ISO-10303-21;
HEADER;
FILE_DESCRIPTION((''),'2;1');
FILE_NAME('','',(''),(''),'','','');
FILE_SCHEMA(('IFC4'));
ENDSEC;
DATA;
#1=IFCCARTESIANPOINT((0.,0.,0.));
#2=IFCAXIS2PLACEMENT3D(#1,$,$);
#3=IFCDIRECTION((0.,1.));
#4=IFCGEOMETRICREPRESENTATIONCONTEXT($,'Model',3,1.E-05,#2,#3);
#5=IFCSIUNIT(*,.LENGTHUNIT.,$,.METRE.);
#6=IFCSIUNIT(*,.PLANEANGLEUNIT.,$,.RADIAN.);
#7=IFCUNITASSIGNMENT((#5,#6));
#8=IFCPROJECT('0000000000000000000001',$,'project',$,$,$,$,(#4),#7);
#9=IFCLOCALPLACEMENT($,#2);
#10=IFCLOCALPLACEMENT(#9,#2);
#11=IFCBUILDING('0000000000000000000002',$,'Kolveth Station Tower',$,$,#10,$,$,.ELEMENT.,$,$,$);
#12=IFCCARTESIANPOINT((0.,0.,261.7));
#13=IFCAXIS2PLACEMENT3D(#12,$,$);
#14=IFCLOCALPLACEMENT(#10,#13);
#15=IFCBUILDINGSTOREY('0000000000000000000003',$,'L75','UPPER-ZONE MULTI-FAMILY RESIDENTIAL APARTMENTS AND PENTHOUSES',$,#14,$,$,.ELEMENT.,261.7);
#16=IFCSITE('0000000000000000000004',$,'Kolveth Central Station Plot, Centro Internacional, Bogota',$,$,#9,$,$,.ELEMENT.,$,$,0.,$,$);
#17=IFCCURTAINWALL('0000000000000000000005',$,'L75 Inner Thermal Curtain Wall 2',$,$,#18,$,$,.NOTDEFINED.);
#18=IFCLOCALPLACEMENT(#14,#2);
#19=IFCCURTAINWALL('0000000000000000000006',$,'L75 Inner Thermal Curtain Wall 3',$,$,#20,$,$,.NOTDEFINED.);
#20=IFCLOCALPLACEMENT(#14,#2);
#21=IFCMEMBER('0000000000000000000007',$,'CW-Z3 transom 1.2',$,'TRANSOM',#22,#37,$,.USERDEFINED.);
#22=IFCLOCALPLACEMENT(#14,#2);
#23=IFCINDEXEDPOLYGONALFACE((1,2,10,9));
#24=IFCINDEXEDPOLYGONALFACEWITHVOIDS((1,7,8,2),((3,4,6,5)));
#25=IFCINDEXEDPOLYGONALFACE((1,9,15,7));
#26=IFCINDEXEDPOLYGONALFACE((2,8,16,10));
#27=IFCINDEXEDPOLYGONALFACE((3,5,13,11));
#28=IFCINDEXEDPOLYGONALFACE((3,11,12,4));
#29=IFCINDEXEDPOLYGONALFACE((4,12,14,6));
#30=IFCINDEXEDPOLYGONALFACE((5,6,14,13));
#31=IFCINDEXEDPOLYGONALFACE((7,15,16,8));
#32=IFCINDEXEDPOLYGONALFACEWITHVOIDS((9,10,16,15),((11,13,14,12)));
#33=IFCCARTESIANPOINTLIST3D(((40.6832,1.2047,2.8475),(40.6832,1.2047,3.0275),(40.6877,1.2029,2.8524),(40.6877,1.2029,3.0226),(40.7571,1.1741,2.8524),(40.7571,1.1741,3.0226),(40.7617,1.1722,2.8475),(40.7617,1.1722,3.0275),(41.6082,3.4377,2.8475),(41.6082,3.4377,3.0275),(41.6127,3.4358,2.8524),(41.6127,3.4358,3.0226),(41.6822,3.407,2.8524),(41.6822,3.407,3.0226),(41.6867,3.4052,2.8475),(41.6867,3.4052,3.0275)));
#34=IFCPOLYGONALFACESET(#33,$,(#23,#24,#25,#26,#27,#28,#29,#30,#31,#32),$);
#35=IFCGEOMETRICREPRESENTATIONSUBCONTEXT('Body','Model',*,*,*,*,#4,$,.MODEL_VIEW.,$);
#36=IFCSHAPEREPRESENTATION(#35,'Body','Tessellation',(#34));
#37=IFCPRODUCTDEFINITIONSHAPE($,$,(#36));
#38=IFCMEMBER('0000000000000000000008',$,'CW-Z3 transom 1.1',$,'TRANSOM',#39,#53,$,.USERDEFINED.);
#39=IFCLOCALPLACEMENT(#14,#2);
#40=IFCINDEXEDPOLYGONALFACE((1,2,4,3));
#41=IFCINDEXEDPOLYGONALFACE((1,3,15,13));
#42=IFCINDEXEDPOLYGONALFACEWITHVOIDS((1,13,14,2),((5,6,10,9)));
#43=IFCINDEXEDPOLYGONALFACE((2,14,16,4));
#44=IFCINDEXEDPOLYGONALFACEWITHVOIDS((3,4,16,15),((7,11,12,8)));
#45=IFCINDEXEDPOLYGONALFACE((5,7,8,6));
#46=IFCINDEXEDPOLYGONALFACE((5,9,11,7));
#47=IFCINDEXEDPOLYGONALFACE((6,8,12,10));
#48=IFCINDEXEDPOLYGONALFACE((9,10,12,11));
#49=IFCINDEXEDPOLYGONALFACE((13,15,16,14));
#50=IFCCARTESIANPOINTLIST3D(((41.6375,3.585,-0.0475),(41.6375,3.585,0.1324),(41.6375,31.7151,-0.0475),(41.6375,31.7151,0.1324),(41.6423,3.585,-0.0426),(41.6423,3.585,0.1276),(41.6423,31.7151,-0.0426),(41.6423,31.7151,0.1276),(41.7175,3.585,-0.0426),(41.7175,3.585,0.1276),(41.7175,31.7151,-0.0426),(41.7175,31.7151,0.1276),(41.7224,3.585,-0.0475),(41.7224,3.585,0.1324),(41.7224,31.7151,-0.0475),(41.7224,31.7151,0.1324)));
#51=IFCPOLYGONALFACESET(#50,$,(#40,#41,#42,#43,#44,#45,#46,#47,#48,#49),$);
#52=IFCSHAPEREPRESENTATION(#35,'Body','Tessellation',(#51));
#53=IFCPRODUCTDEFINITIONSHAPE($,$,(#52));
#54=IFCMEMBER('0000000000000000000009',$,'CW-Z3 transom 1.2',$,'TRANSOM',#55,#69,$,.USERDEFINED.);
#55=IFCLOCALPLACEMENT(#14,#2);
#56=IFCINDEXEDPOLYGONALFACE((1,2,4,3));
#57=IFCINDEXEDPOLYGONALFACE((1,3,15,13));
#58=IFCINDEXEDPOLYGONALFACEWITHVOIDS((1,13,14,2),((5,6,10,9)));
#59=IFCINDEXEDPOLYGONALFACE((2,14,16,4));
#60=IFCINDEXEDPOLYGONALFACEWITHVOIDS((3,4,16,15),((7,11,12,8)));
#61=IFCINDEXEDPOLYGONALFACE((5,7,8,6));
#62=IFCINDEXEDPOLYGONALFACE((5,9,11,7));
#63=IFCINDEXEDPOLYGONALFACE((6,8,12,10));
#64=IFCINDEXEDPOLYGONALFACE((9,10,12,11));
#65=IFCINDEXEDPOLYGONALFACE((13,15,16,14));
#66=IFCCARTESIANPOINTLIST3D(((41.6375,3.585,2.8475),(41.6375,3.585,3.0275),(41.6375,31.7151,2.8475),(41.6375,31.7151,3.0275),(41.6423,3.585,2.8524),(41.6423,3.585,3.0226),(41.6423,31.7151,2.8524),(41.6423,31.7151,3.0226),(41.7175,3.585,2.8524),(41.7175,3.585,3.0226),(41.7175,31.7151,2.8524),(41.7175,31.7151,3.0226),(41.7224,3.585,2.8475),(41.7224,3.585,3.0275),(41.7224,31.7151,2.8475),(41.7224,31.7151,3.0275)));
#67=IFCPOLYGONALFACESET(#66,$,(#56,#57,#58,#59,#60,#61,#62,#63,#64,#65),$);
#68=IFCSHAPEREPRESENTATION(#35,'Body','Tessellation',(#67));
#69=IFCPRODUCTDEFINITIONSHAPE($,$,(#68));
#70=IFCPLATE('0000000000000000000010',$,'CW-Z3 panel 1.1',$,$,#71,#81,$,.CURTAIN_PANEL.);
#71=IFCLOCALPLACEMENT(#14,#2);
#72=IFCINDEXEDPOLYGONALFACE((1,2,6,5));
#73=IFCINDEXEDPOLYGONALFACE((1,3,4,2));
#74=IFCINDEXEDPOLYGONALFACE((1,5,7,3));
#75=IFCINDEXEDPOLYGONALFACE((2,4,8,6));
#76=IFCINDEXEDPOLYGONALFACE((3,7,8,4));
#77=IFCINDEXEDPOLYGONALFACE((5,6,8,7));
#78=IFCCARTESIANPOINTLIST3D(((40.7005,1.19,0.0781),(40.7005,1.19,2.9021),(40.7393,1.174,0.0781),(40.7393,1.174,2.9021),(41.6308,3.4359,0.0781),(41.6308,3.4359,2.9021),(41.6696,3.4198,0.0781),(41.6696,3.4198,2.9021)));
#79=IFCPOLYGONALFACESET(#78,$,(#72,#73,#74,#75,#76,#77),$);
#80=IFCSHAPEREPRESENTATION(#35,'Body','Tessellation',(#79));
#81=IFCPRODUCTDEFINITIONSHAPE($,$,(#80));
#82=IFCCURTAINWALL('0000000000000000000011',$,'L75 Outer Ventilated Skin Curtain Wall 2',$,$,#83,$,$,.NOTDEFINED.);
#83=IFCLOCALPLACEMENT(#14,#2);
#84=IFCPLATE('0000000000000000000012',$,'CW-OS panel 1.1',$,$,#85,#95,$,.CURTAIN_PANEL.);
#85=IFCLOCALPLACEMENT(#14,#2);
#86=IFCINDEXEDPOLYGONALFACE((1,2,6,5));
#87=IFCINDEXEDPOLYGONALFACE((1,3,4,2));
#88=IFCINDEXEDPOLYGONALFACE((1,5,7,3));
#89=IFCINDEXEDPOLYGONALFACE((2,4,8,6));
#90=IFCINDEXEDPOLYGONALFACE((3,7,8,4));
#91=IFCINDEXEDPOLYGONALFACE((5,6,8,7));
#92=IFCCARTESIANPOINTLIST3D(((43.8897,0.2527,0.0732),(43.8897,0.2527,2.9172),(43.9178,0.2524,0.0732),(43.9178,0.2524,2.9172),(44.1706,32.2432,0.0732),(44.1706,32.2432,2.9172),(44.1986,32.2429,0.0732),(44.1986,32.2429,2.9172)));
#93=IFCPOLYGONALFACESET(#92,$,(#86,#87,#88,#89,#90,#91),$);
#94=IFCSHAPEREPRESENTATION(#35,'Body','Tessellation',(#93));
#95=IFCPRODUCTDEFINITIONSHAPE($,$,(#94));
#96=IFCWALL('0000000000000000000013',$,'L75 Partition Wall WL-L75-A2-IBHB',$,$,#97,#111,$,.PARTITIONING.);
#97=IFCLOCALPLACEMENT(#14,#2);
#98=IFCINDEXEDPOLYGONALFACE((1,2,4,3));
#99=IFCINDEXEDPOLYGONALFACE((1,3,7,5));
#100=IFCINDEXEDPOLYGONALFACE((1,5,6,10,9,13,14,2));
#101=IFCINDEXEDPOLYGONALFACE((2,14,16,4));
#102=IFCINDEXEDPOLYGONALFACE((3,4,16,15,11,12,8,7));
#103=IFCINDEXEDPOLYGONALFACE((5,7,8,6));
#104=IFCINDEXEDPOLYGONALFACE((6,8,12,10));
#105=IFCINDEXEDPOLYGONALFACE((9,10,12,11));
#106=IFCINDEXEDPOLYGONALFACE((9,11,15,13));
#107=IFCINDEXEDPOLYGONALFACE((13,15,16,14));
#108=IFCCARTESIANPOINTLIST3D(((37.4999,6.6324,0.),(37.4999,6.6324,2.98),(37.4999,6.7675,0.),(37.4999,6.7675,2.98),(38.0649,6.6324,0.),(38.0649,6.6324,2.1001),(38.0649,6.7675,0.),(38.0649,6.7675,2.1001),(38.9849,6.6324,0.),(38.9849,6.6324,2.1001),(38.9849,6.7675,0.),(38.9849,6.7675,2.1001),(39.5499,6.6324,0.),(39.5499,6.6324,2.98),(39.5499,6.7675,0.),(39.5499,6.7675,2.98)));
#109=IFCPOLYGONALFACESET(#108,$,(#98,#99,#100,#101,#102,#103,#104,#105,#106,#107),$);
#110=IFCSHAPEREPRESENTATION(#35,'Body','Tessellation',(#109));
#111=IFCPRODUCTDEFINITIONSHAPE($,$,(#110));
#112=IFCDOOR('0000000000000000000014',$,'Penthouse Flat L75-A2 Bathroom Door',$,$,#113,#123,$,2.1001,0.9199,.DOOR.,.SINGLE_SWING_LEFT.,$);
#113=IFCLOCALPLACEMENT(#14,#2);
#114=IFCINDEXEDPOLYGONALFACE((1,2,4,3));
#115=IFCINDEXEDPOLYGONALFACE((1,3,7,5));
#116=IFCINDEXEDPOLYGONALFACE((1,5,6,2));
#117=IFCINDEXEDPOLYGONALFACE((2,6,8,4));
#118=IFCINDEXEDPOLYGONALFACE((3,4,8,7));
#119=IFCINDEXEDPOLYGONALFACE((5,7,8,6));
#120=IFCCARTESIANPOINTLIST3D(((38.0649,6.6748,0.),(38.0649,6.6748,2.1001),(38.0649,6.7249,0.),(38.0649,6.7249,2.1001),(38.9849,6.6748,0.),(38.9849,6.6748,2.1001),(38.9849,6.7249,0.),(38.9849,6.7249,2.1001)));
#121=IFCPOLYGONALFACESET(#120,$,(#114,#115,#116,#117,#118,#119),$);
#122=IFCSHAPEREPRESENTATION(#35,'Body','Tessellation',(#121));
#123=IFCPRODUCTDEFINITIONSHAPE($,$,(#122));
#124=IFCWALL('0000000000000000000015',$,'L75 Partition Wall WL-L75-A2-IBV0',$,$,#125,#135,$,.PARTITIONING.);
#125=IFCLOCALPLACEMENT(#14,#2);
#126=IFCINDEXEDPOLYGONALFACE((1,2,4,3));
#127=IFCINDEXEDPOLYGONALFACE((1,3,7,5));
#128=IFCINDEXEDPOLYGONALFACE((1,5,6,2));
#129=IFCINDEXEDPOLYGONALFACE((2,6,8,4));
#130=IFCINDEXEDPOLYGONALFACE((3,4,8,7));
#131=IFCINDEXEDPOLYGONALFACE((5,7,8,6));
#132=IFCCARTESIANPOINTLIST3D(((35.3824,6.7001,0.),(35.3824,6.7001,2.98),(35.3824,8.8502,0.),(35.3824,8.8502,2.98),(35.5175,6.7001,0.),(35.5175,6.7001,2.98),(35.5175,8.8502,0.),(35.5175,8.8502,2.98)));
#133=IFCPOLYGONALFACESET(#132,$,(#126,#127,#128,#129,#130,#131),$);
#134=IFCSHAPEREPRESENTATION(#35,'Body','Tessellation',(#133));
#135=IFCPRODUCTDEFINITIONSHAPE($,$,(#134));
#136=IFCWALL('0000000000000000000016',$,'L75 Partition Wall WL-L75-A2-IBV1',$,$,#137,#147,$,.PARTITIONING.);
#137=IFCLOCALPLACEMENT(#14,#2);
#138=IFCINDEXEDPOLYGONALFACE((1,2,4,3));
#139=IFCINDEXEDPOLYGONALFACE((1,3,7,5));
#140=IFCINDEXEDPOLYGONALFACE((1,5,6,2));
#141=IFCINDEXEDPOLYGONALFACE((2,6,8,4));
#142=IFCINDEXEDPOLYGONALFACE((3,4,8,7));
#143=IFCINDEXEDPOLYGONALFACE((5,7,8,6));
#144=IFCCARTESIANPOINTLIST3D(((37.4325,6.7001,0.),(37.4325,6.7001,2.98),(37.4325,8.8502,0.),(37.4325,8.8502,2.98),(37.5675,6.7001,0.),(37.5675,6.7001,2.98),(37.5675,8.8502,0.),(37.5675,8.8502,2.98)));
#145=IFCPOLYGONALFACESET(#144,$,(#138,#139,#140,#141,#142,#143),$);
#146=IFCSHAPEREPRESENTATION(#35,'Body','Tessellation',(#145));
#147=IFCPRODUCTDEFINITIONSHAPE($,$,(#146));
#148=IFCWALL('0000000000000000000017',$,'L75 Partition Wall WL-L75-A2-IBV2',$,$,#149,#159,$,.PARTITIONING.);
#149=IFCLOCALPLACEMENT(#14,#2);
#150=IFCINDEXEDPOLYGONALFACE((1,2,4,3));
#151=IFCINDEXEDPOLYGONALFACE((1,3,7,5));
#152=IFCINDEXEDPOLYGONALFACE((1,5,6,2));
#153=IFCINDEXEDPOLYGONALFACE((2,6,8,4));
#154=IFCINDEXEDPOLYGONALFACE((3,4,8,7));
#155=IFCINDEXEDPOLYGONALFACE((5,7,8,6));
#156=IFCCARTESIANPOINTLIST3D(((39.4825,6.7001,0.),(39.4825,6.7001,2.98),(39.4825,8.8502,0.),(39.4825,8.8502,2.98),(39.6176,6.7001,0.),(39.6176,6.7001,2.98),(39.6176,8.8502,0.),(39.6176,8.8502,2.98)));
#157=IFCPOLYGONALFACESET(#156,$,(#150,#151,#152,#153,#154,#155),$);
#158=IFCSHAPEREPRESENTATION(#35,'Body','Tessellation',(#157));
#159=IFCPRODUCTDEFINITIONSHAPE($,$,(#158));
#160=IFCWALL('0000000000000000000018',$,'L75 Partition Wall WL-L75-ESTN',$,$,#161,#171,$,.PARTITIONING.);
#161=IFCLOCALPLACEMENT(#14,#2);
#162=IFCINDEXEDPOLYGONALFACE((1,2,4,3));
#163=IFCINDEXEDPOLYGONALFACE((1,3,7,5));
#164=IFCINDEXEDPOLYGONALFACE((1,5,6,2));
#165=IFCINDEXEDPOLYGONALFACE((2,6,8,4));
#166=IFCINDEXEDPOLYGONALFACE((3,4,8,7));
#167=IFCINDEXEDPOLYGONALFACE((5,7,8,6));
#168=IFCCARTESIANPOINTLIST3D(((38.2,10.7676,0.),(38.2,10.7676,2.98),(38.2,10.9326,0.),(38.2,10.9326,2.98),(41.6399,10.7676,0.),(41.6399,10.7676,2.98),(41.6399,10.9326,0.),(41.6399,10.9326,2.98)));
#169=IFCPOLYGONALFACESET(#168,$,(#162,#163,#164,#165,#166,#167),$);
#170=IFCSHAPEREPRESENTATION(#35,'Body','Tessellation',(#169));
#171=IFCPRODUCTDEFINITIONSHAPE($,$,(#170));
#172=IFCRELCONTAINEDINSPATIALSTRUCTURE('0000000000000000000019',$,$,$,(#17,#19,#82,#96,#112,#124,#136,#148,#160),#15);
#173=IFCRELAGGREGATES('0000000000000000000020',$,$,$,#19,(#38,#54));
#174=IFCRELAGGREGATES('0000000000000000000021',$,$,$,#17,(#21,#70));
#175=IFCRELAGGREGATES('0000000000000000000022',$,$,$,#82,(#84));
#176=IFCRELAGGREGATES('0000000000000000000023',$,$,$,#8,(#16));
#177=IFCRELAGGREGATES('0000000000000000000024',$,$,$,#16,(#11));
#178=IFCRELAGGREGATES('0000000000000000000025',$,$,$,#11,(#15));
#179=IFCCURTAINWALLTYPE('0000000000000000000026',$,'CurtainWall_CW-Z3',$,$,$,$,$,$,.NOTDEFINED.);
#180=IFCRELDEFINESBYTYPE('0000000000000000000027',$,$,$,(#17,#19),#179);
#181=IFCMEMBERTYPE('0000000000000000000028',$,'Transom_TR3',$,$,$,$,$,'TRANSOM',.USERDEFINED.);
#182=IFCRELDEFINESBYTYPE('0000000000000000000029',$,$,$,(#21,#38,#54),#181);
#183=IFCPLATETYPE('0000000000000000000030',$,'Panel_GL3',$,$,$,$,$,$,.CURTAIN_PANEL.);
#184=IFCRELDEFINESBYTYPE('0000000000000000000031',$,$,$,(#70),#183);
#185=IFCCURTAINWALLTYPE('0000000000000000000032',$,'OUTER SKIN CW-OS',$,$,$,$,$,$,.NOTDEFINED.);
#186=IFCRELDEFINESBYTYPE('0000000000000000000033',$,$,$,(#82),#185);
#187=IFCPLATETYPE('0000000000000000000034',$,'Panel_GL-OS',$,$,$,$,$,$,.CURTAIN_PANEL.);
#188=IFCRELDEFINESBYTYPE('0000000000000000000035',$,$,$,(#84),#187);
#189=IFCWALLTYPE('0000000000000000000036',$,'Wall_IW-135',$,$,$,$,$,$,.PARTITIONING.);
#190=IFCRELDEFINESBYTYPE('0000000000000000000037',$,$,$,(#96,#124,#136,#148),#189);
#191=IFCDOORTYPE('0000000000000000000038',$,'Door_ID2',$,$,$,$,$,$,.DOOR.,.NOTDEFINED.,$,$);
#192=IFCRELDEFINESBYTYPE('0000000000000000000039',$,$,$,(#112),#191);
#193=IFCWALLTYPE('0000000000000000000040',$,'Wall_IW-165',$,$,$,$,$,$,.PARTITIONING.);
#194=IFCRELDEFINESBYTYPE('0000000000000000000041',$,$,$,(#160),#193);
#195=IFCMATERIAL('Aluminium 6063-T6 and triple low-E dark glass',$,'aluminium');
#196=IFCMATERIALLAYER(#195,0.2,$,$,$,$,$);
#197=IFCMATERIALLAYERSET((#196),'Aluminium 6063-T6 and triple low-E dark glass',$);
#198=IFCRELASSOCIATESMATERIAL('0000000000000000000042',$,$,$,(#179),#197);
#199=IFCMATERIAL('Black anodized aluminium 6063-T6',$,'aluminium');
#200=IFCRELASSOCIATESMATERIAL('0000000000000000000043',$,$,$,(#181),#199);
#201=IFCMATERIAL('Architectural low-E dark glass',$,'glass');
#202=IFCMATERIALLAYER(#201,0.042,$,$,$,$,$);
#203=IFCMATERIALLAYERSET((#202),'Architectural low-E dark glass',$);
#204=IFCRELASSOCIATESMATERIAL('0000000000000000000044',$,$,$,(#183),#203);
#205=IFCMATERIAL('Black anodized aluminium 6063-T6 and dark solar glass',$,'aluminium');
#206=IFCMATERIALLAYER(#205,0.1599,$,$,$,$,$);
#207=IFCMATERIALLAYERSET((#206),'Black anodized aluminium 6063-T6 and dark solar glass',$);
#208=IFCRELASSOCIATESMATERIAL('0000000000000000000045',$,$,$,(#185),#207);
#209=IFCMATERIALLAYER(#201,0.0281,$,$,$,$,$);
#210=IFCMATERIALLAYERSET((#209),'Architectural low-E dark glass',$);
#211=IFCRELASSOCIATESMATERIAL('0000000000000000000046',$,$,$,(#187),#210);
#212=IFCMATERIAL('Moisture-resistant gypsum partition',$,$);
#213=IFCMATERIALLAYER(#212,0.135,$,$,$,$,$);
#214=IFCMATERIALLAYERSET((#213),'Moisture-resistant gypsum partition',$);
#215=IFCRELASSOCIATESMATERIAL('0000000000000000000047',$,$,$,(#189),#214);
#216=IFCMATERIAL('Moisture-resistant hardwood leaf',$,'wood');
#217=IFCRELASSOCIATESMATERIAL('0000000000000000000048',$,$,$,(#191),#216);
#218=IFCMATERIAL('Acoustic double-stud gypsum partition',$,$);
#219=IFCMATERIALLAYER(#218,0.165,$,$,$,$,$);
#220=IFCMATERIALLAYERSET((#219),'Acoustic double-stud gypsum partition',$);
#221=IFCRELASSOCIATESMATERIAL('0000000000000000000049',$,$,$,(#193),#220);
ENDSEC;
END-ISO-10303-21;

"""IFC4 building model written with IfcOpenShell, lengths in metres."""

from ifc_helpers import new_model, si_unit, direction, frame, frame_2d, origin, origin_2d, place, context, subcontext, project, spatial, rectangle, hollow_rectangle, extrude, source, transform, mapped, material, layer, layer_set, material_profile, profile_set, type_object, element, fill, aggregate, save


model = new_model("IFC4")

# Units and contexts
model_context = context("Model", 3, precision=1e-05, world=origin(), true_north=direction((0.0, 1.0)))
body_context = subcontext(model_context, "Body", "Model", "MODEL_VIEW")
ifc_project = project(units=[si_unit("LENGTHUNIT", "METRE"), si_unit("PLANEANGLEUNIT", "RADIAN")], contexts=[model_context])

# Site, building, storey
site_placement = place(None, origin())
site = spatial("IfcSite", under=ifc_project, at=site_placement, Name="Kolveth Central Station Plot, Centro Internacional, Bogota", CompositionType="ELEMENT", RefElevation=0.0)
building_placement = place(site_placement, origin())
building = spatial("IfcBuilding", under=site, at=building_placement, Name="Kolveth Station Tower", CompositionType="ELEMENT")
storey_placement = place(building_placement, frame((0.0, 0.0, 261.7)))
storey = spatial("IfcBuildingStorey", under=building, at=storey_placement, Name="L75", Description="UPPER-ZONE MULTI-FAMILY RESIDENTIAL APARTMENTS AND PENTHOUSES", CompositionType="ELEMENT", Elevation=261.7)

# Curtain wall
ifc_material_1 = material(Name="Aluminium 6063-T6 and triple low-E dark glass", Category="aluminium")
ifc_layer_1 = layer(ifc_material_1, 0.2)
ifc_layer_set_1 = layer_set([ifc_layer_1], Name="Aluminium 6063-T6 and triple low-E dark glass")
curtain_wall_type_1 = type_object("IfcCurtainWallType", Name="CurtainWall_CW-Z3", PredefinedType="NOTDEFINED", material=ifc_layer_set_1)
curtain_wall_1_placement = place(storey_placement, origin())
curtain_wall_1 = element("IfcCurtainWall", 1, at=curtain_wall_1_placement, inside=storey, type_object=curtain_wall_type_1, Name="L75 Inner Thermal Curtain Wall 2", PredefinedType="NOTDEFINED")
ifc_material_2 = material(Name="Black anodized aluminium 6063-T6", Category="aluminium")

# Curtain wall
curtain_wall_2_placement = place(storey_placement, origin())
curtain_wall_2 = element("IfcCurtainWall", 2, at=curtain_wall_2_placement, inside=storey, type_object=curtain_wall_type_1, Name="L75 Inner Thermal Curtain Wall 3", PredefinedType="NOTDEFINED")

# Members
ifc_material_profile_1 = material_profile(ifc_material_2, hollow_rectangle(XDim=0.085, YDim=0.1799, WallThickness=0.0049, at=origin_2d()), Name="ALU-85x180x5")
ifc_profile_set_1 = profile_set([ifc_material_profile_1], Name="Black anodized aluminium 6063-T6")
member_type_1 = type_object("IfcMemberType", Name="Transom_TR3", ElementType="TRANSOM", PredefinedType="USERDEFINED", material=ifc_profile_set_1)
shared_shape_1 = source(origin(), body_context, "Body", "SweptSolid", [
    extrude(hollow_rectangle(XDim=0.085, YDim=0.1799, WallThickness=0.0049, at=origin_2d()), origin(), (0.0, 0.0, 1.0), 2.417),
])
member_1_placement = place(storey_placement, frame((40.7224, 1.1885, 2.9375), z_axis=(0.382735, 0.923858, 0.0), x_axis=(-0.923858, 0.382735, 0.0)))
member_1 = element("IfcMember", 3, at=member_1_placement, type_object=member_type_1, Name="CW-Z3 transom 1.2", ObjectType="TRANSOM", PredefinedType="USERDEFINED", context=body_context, shape_type="MappedRepresentation", body=[
    mapped(shared_shape_1, transform((0.0, 0.0, 0.0), x_axis=(1.0, 0.0, 0.0), y_axis=(0.0, 1.0, 0.0), z_axis=(0.0, 0.0, 1.0), scale=1.0)),
])
shared_shape_2 = source(origin(), body_context, "Body", "SweptSolid", [
    extrude(hollow_rectangle(XDim=0.085, YDim=0.1799, WallThickness=0.0049, at=origin_2d()), origin(), (0.0, 0.0, 1.0), 28.1301),
])
member_2_placement = place(storey_placement, frame((41.6799, 3.585, 0.0425), z_axis=(0.0, 1.0, 0.0), x_axis=(-1.0, 0.0, 0.0)))
member_2 = element("IfcMember", 4, at=member_2_placement, type_object=member_type_1, Name="CW-Z3 transom 1.1", ObjectType="TRANSOM", PredefinedType="USERDEFINED", context=body_context, shape_type="MappedRepresentation", body=[
    mapped(shared_shape_2, transform((0.0, 0.0, 0.0), x_axis=(1.0, 0.0, 0.0), y_axis=(0.0, 1.0, 0.0), z_axis=(0.0, 0.0, 1.0), scale=1.0)),
])
member_3_placement = place(storey_placement, frame((41.6799, 3.585, 2.9375), z_axis=(0.0, 1.0, 0.0), x_axis=(-1.0, 0.0, 0.0)))
member_3 = element("IfcMember", 5, at=member_3_placement, type_object=member_type_1, Name="CW-Z3 transom 1.2", ObjectType="TRANSOM", PredefinedType="USERDEFINED", context=body_context, shape_type="MappedRepresentation", body=[
    mapped(shared_shape_2, transform((0.0, 0.0, 0.0), x_axis=(1.0, 0.0, 0.0), y_axis=(0.0, 1.0, 0.0), z_axis=(0.0, 0.0, 1.0), scale=1.0)),
])
aggregate(curtain_wall_2, [member_2, member_3])

# Plate
ifc_material_3 = material(Name="Architectural low-E dark glass", Category="glass")
ifc_layer_2 = layer(ifc_material_3, 0.042)
ifc_layer_set_2 = layer_set([ifc_layer_2], Name="Architectural low-E dark glass")
plate_type_1 = type_object("IfcPlateType", Name="Panel_GL3", PredefinedType="CURTAIN_PANEL", material=ifc_layer_set_2)
shared_shape_3 = source(origin(), body_context, "Body", "SweptSolid", [
    extrude(rectangle(XDim=2.4309, YDim=0.042, at=origin_2d()), origin(), (0.0, 0.0, 1.0), 2.824),
])
plate_1_placement = place(storey_placement, frame((41.1851, 2.3049, 0.0781), z_axis=(0.0, 0.0, 1.0), x_axis=(0.382693, 0.923875, 0.0)))
plate_1 = element("IfcPlate", 6, at=plate_1_placement, type_object=plate_type_1, Name="CW-Z3 panel 1.1", PredefinedType="CURTAIN_PANEL", context=body_context, shape_type="MappedRepresentation", body=[
    mapped(shared_shape_3, transform((0.0, 0.0, 0.0), x_axis=(1.0, 0.0, 0.0), y_axis=(0.0, 1.0, 0.0), z_axis=(0.0, 0.0, 1.0), scale=1.0)),
])
aggregate(curtain_wall_1, [member_1, plate_1])

# Curtain wall, plate
ifc_material_4 = material(Name="Black anodized aluminium 6063-T6 and dark solar glass", Category="aluminium")
ifc_layer_3 = layer(ifc_material_4, 0.1599)
ifc_layer_set_3 = layer_set([ifc_layer_3], Name="Black anodized aluminium 6063-T6 and dark solar glass")
curtain_wall_type_2 = type_object("IfcCurtainWallType", Name="OUTER SKIN CW-OS", PredefinedType="NOTDEFINED", material=ifc_layer_set_3)
curtain_wall_3_placement = place(storey_placement, origin())
curtain_wall_3 = element("IfcCurtainWall", 7, at=curtain_wall_3_placement, inside=storey, type_object=curtain_wall_type_2, Name="L75 Outer Ventilated Skin Curtain Wall 2", PredefinedType="NOTDEFINED")
ifc_layer_4 = layer(ifc_material_3, 0.0281)
ifc_layer_set_4 = layer_set([ifc_layer_4], Name="Architectural low-E dark glass")
plate_type_2 = type_object("IfcPlateType", Name="Panel_GL-OS", PredefinedType="CURTAIN_PANEL", material=ifc_layer_set_4)
shared_shape_4 = source(origin(), body_context, "Body", "SweptSolid", [
    extrude(rectangle(XDim=31.9917, YDim=0.0281, at=origin_2d()), origin(), (0.0, 0.0, 1.0), 2.844),
])
plate_2_placement = place(storey_placement, frame((44.0442, 16.2478, 0.0732), z_axis=(0.0, 0.0, 1.0), x_axis=(0.008779, 0.999961, 0.0)))
plate_2 = element("IfcPlate", 8, at=plate_2_placement, type_object=plate_type_2, Name="CW-OS panel 1.1", PredefinedType="CURTAIN_PANEL", context=body_context, shape_type="MappedRepresentation", body=[
    mapped(shared_shape_4, transform((0.0, 0.0, 0.0), x_axis=(1.0, 0.0, 0.0), y_axis=(0.0, 1.0, 0.0), z_axis=(0.0, 0.0, 1.0), scale=1.0)),
])
aggregate(curtain_wall_3, [plate_2])

# Wall, opening, door
ifc_material_5 = material(Name="Moisture-resistant gypsum partition")
ifc_layer_5 = layer(ifc_material_5, 0.135)
ifc_layer_set_5 = layer_set([ifc_layer_5], Name="Moisture-resistant gypsum partition")
wall_type_1 = type_object("IfcWallType", Name="Wall_IW-135", PredefinedType="PARTITIONING", material=ifc_layer_set_5)
wall_1_placement = place(storey_placement, frame((37.5, 6.7, 0.0), z_axis=(0.0, 0.0, 1.0), x_axis=(1.0, 0.0, 0.0)))
wall_1 = element("IfcWall", 9, at=wall_1_placement, inside=storey, type_object=wall_type_1, Name="L75 Partition Wall WL-L75-A2-IBHB", PredefinedType="PARTITIONING", context=body_context, shape_type="SweptSolid", body=[
    extrude(rectangle(XDim=2.05, YDim=0.135, at=frame_2d((1.0249, 0.0))), origin(), (0.0, 0.0, 1.0), 2.98),
])
opening_1_placement = place(wall_1_placement, frame((0.5649, 0.0, 0.0)))
opening_1 = element("IfcOpeningElement", 10, at=opening_1_placement, cuts=wall_1, PredefinedType="OPENING", context=body_context, shape_type="SweptSolid", body=[
    extrude(rectangle(XDim=0.9199, YDim=2.1001, at=frame_2d((0.46, 1.05))), frame((0.0, 0.0774, 0.0), z_axis=(0.0, -1.0, 0.0), x_axis=(1.0, 0.0, 0.0)), (0.0, 0.0, 1.0), 0.155),
])
ifc_material_6 = material(Name="Moisture-resistant hardwood leaf", Category="wood")
door_type_1 = type_object("IfcDoorType", Name="Door_ID2", OperationType="NOTDEFINED", PredefinedType="DOOR", material=ifc_material_6)
door_1_placement = place(opening_1_placement, origin())
door_1 = element("IfcDoor", 11, at=door_1_placement, inside=storey, type_object=door_type_1, Name="Penthouse Flat L75-A2 Bathroom Door", OperationType="SINGLE_SWING_LEFT", OverallHeight=2.1001, OverallWidth=0.9199, PredefinedType="DOOR", context=body_context, shape_type="SweptSolid", body=[
    extrude(rectangle(XDim=0.9199, YDim=2.1001, at=frame_2d((0.46, 1.05))), frame((0.0, 0.0249, 0.0), z_axis=(0.0, -1.0, 0.0), x_axis=(1.0, 0.0, 0.0)), (0.0, 0.0, 1.0), 0.05),
])
fill(opening_1, door_1)

# Walls
for number, where, z_axis, x_axis, name in (
    (12, (35.45, 6.7, 0.0), (0.0, 0.0, 1.0), (0.0, 1.0, 0.0), "L75 Partition Wall WL-L75-A2-IBV0"),
    (13, (37.5, 6.7, 0.0), (0.0, 0.0, 1.0), (0.0, 1.0, 0.0), "L75 Partition Wall WL-L75-A2-IBV1"),
    (14, (39.55, 6.7, 0.0), (0.0, 0.0, 1.0), (0.0, 1.0, 0.0), "L75 Partition Wall WL-L75-A2-IBV2"),
):
    element("IfcWall", number, at=place(storey_placement, frame(where, z_axis=z_axis, x_axis=x_axis)), inside=storey, type_object=wall_type_1, Name=name, PredefinedType="PARTITIONING", context=body_context, shape_type="SweptSolid", body=[
        extrude(rectangle(XDim=2.1501, YDim=0.135, at=frame_2d((1.0752, 0.0))), origin(), (0.0, 0.0, 1.0), 2.98),
    ])

# Shared definitions
ifc_material_7 = material(Name="Acoustic double-stud gypsum partition")
ifc_layer_6 = layer(ifc_material_7, 0.165)
ifc_layer_set_6 = layer_set([ifc_layer_6], Name="Acoustic double-stud gypsum partition")
wall_type_2 = type_object("IfcWallType", Name="Wall_IW-165", PredefinedType="PARTITIONING", material=ifc_layer_set_6)

# Wall
wall_2_placement = place(storey_placement, frame((38.2, 10.8501, 0.0), z_axis=(0.0, 0.0, 1.0), x_axis=(1.0, 0.0, 0.0)))
element("IfcWall", 15, at=wall_2_placement, inside=storey, type_object=wall_type_2, Name="L75 Partition Wall WL-L75-ESTN", PredefinedType="PARTITIONING", context=body_context, shape_type="SweptSolid", body=[
    extrude(rectangle(XDim=3.4399, YDim=0.165, at=frame_2d((1.72, 0.0))), origin(), (0.0, 0.0, 1.0), 2.98),
])

save(model, "model.ifc")
